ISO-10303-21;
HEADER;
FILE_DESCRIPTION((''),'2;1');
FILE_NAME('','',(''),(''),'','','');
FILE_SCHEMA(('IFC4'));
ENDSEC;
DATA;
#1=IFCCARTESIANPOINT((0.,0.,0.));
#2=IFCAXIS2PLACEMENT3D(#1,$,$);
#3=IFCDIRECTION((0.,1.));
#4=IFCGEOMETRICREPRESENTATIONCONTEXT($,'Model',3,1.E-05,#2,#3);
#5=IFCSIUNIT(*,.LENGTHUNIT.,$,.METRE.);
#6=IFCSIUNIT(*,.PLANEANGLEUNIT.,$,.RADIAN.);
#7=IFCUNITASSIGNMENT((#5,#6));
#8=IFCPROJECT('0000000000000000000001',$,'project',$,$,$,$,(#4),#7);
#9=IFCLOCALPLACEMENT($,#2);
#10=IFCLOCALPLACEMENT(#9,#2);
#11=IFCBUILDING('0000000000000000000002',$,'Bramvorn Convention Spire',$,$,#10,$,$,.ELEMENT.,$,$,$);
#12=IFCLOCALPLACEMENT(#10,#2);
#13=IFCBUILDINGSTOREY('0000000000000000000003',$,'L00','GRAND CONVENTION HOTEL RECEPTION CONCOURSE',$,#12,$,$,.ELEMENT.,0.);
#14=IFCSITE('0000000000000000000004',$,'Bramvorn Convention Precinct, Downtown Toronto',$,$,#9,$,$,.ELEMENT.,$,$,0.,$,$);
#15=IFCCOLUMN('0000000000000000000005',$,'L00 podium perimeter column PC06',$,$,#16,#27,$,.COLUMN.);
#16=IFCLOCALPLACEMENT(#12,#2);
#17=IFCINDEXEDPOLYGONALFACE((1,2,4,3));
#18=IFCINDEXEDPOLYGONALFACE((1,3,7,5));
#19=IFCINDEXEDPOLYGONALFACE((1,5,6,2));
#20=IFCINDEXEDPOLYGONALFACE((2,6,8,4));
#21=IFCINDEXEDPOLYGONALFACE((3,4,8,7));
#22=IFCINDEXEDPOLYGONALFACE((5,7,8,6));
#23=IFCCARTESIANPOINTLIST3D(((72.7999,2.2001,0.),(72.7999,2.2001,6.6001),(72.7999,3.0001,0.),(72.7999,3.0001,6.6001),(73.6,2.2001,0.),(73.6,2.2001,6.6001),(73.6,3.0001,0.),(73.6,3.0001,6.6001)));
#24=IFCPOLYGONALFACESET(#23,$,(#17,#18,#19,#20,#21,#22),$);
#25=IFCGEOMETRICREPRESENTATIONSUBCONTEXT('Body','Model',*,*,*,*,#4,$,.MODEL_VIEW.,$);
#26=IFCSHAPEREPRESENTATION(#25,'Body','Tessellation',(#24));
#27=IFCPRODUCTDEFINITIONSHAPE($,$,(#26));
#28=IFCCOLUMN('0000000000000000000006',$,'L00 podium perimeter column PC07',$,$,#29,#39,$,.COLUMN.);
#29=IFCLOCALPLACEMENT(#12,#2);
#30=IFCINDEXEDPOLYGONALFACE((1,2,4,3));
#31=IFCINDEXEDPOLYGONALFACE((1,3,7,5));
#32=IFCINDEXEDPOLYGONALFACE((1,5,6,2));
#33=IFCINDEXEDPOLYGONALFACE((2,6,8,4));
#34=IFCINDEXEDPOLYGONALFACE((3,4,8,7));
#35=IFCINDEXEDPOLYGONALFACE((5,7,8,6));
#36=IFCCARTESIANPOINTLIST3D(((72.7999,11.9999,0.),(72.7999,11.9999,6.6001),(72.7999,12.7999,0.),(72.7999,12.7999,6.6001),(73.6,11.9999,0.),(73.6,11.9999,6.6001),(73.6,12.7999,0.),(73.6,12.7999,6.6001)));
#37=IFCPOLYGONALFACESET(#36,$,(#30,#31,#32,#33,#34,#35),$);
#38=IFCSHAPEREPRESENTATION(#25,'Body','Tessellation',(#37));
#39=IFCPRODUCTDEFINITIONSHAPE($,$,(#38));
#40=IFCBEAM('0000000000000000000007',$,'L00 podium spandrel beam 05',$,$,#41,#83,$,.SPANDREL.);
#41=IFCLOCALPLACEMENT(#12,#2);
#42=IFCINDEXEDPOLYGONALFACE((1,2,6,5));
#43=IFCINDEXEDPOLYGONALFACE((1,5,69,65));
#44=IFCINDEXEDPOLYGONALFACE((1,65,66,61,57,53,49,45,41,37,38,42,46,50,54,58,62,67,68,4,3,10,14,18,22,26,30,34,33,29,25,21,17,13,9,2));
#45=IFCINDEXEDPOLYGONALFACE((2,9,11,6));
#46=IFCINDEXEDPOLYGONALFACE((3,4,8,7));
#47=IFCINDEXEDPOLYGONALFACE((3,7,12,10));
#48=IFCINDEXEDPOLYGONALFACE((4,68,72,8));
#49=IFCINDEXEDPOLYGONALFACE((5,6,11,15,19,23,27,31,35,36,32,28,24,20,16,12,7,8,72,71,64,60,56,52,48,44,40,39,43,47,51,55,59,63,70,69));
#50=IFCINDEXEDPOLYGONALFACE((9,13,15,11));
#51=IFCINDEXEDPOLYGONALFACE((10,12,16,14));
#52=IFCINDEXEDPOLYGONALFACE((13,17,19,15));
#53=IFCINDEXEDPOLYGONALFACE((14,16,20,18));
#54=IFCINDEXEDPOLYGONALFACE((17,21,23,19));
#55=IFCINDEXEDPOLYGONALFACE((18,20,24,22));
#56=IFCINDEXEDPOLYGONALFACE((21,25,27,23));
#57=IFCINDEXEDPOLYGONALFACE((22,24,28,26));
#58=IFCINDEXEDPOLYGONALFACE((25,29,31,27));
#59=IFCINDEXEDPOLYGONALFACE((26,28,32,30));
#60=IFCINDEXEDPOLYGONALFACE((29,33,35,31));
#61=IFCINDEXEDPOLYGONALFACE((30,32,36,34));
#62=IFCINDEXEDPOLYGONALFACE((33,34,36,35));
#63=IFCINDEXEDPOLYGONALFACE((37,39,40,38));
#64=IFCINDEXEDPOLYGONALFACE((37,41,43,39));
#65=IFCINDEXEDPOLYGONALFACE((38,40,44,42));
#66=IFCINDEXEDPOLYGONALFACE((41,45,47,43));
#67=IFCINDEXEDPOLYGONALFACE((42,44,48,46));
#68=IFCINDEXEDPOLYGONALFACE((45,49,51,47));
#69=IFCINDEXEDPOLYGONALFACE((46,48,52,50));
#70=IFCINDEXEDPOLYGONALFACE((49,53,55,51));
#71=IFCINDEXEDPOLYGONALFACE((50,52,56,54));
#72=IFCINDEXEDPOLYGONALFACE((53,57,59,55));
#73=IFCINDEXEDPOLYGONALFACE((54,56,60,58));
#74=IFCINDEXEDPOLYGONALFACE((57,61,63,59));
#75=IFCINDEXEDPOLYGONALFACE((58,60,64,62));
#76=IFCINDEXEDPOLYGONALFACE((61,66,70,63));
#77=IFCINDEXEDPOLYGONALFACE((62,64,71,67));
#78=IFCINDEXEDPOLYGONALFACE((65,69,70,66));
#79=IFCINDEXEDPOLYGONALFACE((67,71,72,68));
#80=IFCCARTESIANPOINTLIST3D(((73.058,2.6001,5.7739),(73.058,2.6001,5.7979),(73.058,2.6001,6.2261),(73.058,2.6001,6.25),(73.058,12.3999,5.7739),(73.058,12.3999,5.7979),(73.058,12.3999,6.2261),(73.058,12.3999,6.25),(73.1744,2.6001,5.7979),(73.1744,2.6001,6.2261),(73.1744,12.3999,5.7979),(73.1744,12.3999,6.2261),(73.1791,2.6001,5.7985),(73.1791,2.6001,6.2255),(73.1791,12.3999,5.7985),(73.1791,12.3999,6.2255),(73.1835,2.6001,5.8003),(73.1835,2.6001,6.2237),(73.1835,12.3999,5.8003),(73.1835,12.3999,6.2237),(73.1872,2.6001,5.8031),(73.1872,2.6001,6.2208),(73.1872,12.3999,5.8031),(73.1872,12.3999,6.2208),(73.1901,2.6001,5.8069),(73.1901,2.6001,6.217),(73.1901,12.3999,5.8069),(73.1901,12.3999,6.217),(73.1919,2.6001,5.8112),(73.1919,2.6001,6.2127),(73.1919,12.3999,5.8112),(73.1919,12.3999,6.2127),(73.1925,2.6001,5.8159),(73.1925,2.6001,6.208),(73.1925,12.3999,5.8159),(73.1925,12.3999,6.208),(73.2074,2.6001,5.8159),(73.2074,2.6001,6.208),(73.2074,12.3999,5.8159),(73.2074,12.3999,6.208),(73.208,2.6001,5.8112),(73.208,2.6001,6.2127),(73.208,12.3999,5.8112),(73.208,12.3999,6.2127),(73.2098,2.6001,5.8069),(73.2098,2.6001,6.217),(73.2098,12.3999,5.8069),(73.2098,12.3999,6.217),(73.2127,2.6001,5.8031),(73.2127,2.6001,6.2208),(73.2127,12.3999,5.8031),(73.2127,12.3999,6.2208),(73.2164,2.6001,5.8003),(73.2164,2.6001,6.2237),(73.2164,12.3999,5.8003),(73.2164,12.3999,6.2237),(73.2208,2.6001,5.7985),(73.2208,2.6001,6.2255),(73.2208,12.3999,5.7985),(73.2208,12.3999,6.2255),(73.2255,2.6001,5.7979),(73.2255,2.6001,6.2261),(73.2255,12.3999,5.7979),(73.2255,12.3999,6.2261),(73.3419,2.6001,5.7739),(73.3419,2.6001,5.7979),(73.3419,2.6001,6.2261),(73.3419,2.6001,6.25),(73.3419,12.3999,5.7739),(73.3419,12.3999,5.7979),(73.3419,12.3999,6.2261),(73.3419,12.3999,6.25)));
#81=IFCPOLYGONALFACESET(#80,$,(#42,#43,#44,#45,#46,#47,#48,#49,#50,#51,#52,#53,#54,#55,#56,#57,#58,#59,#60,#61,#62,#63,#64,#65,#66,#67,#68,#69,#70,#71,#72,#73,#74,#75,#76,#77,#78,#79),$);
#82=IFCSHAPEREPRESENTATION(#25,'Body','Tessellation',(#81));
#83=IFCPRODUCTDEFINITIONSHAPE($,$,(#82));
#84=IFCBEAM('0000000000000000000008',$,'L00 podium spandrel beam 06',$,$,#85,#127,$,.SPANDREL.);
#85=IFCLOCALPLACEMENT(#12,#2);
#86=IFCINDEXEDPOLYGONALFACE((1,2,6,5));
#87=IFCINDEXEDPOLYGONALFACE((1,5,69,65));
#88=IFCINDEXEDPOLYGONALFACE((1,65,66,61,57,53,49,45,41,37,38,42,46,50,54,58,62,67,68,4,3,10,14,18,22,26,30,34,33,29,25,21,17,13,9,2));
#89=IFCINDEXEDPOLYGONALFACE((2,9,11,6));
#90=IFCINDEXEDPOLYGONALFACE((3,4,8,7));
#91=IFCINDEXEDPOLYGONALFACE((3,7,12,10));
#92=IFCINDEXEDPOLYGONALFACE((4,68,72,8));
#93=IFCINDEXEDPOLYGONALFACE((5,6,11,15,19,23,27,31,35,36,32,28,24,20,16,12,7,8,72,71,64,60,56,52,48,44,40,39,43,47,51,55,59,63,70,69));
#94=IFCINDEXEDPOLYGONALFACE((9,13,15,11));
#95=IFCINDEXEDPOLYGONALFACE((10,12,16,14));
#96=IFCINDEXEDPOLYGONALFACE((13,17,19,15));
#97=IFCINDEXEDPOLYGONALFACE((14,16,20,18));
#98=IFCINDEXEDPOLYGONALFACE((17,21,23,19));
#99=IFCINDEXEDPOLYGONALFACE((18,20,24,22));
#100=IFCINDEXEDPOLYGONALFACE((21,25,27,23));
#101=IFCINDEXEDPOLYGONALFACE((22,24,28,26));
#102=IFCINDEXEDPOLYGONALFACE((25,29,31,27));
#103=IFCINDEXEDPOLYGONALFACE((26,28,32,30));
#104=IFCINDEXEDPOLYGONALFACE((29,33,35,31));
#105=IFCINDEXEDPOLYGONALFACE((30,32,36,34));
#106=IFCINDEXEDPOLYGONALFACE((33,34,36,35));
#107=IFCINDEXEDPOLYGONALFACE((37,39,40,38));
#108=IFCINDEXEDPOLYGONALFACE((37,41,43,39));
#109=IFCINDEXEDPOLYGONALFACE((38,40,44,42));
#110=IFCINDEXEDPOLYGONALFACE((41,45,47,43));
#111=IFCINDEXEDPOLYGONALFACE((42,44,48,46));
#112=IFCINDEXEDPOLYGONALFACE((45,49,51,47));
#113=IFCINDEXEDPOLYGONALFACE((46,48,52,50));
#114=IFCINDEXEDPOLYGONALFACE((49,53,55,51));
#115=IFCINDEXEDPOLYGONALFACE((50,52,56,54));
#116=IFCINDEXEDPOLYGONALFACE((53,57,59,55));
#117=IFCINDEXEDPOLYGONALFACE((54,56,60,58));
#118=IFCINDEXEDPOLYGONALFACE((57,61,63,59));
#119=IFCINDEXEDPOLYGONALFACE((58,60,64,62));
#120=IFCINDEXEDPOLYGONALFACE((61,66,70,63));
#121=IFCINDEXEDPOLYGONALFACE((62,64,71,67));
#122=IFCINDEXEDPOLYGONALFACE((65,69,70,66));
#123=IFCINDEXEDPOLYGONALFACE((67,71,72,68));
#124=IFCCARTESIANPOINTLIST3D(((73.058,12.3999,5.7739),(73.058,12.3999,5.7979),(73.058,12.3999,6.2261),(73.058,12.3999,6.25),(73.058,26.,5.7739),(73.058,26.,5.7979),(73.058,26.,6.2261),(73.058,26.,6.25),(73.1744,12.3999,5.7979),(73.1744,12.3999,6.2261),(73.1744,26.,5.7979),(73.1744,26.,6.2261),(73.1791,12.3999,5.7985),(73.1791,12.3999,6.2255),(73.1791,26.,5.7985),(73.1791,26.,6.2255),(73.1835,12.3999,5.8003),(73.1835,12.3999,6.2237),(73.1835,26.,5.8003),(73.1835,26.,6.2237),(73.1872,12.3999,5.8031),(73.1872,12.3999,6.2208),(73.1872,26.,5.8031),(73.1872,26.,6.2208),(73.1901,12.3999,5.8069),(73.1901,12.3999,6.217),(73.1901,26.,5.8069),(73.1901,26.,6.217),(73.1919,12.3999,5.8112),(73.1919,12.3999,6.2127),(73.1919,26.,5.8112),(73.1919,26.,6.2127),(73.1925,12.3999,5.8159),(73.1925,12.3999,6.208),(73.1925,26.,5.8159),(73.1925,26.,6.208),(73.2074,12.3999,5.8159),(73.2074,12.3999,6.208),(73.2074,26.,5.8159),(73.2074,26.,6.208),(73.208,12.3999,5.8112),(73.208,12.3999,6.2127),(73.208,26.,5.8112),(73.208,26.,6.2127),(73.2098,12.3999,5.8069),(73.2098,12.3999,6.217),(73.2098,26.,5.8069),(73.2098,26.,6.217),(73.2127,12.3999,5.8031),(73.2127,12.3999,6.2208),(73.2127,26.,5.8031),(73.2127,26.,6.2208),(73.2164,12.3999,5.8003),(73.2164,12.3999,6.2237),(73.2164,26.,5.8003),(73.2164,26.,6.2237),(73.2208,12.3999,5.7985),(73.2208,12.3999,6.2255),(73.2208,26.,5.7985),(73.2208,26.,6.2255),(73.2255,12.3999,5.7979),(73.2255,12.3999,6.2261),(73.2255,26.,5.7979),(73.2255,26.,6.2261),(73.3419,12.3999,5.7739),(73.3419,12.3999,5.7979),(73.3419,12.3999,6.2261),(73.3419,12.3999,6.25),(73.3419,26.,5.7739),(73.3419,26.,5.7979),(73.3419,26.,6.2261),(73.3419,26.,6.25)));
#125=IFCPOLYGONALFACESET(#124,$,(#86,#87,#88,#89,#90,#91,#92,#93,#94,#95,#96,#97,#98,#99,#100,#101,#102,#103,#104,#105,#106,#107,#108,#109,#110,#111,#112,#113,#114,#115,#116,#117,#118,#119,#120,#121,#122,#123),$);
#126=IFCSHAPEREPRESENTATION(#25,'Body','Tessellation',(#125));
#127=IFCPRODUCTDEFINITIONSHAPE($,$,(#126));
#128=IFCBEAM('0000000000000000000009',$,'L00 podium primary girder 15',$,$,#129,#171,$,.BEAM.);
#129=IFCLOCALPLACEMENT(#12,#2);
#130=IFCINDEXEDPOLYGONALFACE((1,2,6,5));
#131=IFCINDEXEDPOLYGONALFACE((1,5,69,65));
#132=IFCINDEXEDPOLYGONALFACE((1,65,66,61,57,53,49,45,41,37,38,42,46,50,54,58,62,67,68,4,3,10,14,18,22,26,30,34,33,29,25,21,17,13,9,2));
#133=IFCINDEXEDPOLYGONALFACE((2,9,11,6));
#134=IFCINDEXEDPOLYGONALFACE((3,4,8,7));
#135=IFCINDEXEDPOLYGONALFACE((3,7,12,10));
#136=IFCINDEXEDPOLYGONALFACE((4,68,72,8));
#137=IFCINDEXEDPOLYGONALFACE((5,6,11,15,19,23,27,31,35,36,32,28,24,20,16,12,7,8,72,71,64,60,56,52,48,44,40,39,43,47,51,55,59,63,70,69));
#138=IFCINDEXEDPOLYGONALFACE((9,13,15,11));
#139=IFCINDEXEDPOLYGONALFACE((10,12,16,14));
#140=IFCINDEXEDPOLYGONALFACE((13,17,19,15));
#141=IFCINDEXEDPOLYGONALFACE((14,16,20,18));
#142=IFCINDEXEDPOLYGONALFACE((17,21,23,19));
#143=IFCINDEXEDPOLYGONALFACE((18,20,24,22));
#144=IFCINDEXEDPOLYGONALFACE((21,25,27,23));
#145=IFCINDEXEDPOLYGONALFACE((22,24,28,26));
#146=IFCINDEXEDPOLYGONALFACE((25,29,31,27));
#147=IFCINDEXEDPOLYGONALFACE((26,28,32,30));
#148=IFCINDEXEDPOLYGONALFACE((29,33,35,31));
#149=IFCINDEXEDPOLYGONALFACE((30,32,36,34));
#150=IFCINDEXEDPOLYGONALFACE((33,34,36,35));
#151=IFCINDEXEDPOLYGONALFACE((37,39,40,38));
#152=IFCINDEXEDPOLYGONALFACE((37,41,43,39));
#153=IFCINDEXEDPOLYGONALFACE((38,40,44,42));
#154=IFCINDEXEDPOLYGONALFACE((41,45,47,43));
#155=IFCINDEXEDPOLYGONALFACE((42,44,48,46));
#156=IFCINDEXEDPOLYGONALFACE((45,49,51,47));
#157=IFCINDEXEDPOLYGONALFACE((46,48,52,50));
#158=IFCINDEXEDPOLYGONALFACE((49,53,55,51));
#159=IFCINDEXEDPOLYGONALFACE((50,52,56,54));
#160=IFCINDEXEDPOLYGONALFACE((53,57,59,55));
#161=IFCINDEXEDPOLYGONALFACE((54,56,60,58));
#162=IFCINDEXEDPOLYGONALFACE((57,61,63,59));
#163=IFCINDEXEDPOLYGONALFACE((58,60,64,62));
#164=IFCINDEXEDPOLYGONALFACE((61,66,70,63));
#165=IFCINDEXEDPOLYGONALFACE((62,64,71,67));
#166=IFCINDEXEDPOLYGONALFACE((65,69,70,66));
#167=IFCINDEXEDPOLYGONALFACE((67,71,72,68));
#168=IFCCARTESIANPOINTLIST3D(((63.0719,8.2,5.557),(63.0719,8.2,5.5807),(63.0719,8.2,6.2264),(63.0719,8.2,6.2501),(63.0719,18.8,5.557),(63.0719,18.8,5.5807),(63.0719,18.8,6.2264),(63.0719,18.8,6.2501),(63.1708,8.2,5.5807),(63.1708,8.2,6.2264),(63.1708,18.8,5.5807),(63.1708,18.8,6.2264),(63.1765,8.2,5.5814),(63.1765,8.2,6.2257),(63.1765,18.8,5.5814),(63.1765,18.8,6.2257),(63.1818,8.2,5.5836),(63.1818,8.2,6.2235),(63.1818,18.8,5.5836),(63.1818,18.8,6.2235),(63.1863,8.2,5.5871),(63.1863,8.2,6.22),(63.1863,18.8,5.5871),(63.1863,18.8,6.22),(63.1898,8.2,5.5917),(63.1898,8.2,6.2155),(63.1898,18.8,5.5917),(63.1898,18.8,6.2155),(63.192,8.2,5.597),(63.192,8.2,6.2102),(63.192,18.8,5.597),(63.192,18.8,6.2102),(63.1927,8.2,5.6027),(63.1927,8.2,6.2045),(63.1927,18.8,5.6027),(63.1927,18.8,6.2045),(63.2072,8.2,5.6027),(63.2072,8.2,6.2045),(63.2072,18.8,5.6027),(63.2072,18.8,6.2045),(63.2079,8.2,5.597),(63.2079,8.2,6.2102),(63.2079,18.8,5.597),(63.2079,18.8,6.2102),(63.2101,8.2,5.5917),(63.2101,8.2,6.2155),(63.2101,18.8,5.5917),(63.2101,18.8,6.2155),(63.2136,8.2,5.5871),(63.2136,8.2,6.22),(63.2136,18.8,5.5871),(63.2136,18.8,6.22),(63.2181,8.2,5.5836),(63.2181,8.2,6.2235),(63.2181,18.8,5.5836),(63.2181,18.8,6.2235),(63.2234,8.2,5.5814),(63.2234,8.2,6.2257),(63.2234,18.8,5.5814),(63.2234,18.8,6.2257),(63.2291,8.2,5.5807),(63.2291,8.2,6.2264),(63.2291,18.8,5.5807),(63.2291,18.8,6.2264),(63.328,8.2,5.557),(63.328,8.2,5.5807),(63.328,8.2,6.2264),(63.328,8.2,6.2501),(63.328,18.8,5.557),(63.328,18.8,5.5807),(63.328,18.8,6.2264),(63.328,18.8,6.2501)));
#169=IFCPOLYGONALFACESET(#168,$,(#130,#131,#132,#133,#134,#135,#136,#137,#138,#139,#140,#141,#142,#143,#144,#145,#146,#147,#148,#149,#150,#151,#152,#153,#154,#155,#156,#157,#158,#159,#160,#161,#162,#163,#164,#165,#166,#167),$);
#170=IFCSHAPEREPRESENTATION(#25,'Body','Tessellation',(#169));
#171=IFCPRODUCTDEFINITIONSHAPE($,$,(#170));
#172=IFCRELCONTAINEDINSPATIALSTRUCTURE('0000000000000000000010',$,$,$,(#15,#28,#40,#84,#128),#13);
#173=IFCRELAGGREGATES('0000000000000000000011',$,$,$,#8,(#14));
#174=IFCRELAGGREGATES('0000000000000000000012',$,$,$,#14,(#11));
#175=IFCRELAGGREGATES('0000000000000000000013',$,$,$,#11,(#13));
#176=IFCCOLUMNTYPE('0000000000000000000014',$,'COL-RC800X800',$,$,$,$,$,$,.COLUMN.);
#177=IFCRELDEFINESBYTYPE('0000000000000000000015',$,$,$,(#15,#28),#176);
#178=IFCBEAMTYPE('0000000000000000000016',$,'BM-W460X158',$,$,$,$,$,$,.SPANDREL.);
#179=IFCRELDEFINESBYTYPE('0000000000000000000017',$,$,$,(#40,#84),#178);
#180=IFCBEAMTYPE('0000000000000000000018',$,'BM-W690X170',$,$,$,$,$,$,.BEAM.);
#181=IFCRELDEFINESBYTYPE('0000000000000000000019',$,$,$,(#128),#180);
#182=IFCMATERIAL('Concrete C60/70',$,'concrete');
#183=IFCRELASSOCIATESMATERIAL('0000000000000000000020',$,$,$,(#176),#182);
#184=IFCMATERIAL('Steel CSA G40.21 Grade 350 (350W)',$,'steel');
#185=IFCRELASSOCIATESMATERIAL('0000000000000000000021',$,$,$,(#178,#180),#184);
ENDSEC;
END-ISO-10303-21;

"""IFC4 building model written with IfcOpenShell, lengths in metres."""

from ifc_helpers import new_model, si_unit, direction, frame, origin, origin_2d, place, context, subcontext, project, spatial, rectangle, i_section, extrude, material, material_profile, profile_set, type_object, element, save


model = new_model("IFC4")

# Units and contexts
model_context = context("Model", 3, precision=1e-05, world=origin(), true_north=direction((0.0, 1.0)))
body_context = subcontext(model_context, "Body", "Model", "MODEL_VIEW")
ifc_project = project(units=[si_unit("LENGTHUNIT", "METRE"), si_unit("PLANEANGLEUNIT", "RADIAN")], contexts=[model_context])

# Site, building, storey
site_placement = place(None, origin())
site = spatial("IfcSite", under=ifc_project, at=site_placement, Name="Bramvorn Convention Precinct, Downtown Toronto", CompositionType="ELEMENT", RefElevation=0.0)
building_placement = place(site_placement, origin())
building = spatial("IfcBuilding", under=site, at=building_placement, Name="Bramvorn Convention Spire", CompositionType="ELEMENT")
storey_placement = place(building_placement, origin())
storey = spatial("IfcBuildingStorey", under=building, at=storey_placement, Name="L00", Description="GRAND CONVENTION HOTEL RECEPTION CONCOURSE", CompositionType="ELEMENT", Elevation=0.0)

# Columns
ifc_material_1 = material(Name="Steel CSA G40.21 Grade 350 (350W)", Category="steel")
ifc_material_2 = material(Name="Concrete C60/70", Category="concrete")
ifc_material_profile_1 = material_profile(ifc_material_2, rectangle(XDim=0.8, YDim=0.8, at=origin_2d()))
ifc_profile_set_1 = profile_set([ifc_material_profile_1], Name="Concrete C60/70 - RC800X800")
column_type_1 = type_object("IfcColumnType", Name="COL-RC800X800", PredefinedType="COLUMN", material=ifc_profile_set_1)
for number, where, z_axis, x_axis, name in (
    (1, (73.2, 2.6001, 0.0), (0.0, 0.0, 1.0), (1.0, 0.0, 0.0), "L00 podium perimeter column PC06"),
    (2, (73.2, 12.3999, 0.0), (0.0, 0.0, 1.0), (1.0, 0.0, 0.0), "L00 podium perimeter column PC07"),
):
    element("IfcColumn", number, at=place(storey_placement, frame(where, z_axis=z_axis, x_axis=x_axis)), inside=storey, type_object=column_type_1, Name=name, PredefinedType="COLUMN", context=body_context, shape_type="SweptSolid", body=[
        extrude(rectangle(XDim=0.8, YDim=0.8, at=origin_2d()), origin(), (0.0, 0.0, 1.0), 6.6001),
    ])

# Beams
ifc_material_profile_2 = material_profile(ifc_material_1, i_section(OverallWidth=0.2839, OverallDepth=0.4761, WebThickness=0.0149, FlangeThickness=0.0239, FilletRadius=0.0181, at=origin_2d()))
ifc_profile_set_2 = profile_set([ifc_material_profile_2], Name="Steel CSA G40.21 Grade 350 (350W) - W460X158")
beam_type_1 = type_object("IfcBeamType", Name="BM-W460X158", PredefinedType="SPANDREL", material=ifc_profile_set_2)
beam_1_placement = place(storey_placement, frame((73.2, 2.6001, 6.012), z_axis=(0.0, 1.0, 0.0), x_axis=(-1.0, 0.0, 0.0)))
element("IfcBeam", 3, at=beam_1_placement, inside=storey, type_object=beam_type_1, Name="L00 podium spandrel beam 05", PredefinedType="SPANDREL", context=body_context, shape_type="SweptSolid", body=[
    extrude(i_section(OverallWidth=0.2839, OverallDepth=0.4761, WebThickness=0.0149, FlangeThickness=0.0239, FilletRadius=0.0181, at=origin_2d()), origin(), (0.0, 0.0, 1.0), 9.7998),
])
beam_2_placement = place(storey_placement, frame((73.2, 12.3999, 6.012), z_axis=(0.0, 1.0, 0.0), x_axis=(-1.0, 0.0, 0.0)))
element("IfcBeam", 4, at=beam_2_placement, inside=storey, type_object=beam_type_1, Name="L00 podium spandrel beam 06", PredefinedType="SPANDREL", context=body_context, shape_type="SweptSolid", body=[
    extrude(i_section(OverallWidth=0.2839, OverallDepth=0.4761, WebThickness=0.0149, FlangeThickness=0.0239, FilletRadius=0.0181, at=origin_2d()), origin(), (0.0, 0.0, 1.0), 13.6001),
])
ifc_material_profile_3 = material_profile(ifc_material_1, i_section(OverallWidth=0.2561, OverallDepth=0.6931, WebThickness=0.0144, FlangeThickness=0.0237, FilletRadius=0.022, at=origin_2d()))
ifc_profile_set_3 = profile_set([ifc_material_profile_3], Name="Steel CSA G40.21 Grade 350 (350W) - W690X170")
beam_type_2 = type_object("IfcBeamType", Name="BM-W690X170", PredefinedType="BEAM", material=ifc_profile_set_3)
beam_3_placement = place(storey_placement, frame((63.2, 8.2, 5.9036), z_axis=(0.0, 1.0, 0.0), x_axis=(-1.0, 0.0, 0.0)))
element("IfcBeam", 5, at=beam_3_placement, inside=storey, type_object=beam_type_2, Name="L00 podium primary girder 15", PredefinedType="BEAM", context=body_context, shape_type="SweptSolid", body=[
    extrude(i_section(OverallWidth=0.2561, OverallDepth=0.6931, WebThickness=0.0144, FlangeThickness=0.0237, FilletRadius=0.022, at=origin_2d()), origin(), (0.0, 0.0, 1.0), 10.6001),
])

save(model, "model.ifc")
